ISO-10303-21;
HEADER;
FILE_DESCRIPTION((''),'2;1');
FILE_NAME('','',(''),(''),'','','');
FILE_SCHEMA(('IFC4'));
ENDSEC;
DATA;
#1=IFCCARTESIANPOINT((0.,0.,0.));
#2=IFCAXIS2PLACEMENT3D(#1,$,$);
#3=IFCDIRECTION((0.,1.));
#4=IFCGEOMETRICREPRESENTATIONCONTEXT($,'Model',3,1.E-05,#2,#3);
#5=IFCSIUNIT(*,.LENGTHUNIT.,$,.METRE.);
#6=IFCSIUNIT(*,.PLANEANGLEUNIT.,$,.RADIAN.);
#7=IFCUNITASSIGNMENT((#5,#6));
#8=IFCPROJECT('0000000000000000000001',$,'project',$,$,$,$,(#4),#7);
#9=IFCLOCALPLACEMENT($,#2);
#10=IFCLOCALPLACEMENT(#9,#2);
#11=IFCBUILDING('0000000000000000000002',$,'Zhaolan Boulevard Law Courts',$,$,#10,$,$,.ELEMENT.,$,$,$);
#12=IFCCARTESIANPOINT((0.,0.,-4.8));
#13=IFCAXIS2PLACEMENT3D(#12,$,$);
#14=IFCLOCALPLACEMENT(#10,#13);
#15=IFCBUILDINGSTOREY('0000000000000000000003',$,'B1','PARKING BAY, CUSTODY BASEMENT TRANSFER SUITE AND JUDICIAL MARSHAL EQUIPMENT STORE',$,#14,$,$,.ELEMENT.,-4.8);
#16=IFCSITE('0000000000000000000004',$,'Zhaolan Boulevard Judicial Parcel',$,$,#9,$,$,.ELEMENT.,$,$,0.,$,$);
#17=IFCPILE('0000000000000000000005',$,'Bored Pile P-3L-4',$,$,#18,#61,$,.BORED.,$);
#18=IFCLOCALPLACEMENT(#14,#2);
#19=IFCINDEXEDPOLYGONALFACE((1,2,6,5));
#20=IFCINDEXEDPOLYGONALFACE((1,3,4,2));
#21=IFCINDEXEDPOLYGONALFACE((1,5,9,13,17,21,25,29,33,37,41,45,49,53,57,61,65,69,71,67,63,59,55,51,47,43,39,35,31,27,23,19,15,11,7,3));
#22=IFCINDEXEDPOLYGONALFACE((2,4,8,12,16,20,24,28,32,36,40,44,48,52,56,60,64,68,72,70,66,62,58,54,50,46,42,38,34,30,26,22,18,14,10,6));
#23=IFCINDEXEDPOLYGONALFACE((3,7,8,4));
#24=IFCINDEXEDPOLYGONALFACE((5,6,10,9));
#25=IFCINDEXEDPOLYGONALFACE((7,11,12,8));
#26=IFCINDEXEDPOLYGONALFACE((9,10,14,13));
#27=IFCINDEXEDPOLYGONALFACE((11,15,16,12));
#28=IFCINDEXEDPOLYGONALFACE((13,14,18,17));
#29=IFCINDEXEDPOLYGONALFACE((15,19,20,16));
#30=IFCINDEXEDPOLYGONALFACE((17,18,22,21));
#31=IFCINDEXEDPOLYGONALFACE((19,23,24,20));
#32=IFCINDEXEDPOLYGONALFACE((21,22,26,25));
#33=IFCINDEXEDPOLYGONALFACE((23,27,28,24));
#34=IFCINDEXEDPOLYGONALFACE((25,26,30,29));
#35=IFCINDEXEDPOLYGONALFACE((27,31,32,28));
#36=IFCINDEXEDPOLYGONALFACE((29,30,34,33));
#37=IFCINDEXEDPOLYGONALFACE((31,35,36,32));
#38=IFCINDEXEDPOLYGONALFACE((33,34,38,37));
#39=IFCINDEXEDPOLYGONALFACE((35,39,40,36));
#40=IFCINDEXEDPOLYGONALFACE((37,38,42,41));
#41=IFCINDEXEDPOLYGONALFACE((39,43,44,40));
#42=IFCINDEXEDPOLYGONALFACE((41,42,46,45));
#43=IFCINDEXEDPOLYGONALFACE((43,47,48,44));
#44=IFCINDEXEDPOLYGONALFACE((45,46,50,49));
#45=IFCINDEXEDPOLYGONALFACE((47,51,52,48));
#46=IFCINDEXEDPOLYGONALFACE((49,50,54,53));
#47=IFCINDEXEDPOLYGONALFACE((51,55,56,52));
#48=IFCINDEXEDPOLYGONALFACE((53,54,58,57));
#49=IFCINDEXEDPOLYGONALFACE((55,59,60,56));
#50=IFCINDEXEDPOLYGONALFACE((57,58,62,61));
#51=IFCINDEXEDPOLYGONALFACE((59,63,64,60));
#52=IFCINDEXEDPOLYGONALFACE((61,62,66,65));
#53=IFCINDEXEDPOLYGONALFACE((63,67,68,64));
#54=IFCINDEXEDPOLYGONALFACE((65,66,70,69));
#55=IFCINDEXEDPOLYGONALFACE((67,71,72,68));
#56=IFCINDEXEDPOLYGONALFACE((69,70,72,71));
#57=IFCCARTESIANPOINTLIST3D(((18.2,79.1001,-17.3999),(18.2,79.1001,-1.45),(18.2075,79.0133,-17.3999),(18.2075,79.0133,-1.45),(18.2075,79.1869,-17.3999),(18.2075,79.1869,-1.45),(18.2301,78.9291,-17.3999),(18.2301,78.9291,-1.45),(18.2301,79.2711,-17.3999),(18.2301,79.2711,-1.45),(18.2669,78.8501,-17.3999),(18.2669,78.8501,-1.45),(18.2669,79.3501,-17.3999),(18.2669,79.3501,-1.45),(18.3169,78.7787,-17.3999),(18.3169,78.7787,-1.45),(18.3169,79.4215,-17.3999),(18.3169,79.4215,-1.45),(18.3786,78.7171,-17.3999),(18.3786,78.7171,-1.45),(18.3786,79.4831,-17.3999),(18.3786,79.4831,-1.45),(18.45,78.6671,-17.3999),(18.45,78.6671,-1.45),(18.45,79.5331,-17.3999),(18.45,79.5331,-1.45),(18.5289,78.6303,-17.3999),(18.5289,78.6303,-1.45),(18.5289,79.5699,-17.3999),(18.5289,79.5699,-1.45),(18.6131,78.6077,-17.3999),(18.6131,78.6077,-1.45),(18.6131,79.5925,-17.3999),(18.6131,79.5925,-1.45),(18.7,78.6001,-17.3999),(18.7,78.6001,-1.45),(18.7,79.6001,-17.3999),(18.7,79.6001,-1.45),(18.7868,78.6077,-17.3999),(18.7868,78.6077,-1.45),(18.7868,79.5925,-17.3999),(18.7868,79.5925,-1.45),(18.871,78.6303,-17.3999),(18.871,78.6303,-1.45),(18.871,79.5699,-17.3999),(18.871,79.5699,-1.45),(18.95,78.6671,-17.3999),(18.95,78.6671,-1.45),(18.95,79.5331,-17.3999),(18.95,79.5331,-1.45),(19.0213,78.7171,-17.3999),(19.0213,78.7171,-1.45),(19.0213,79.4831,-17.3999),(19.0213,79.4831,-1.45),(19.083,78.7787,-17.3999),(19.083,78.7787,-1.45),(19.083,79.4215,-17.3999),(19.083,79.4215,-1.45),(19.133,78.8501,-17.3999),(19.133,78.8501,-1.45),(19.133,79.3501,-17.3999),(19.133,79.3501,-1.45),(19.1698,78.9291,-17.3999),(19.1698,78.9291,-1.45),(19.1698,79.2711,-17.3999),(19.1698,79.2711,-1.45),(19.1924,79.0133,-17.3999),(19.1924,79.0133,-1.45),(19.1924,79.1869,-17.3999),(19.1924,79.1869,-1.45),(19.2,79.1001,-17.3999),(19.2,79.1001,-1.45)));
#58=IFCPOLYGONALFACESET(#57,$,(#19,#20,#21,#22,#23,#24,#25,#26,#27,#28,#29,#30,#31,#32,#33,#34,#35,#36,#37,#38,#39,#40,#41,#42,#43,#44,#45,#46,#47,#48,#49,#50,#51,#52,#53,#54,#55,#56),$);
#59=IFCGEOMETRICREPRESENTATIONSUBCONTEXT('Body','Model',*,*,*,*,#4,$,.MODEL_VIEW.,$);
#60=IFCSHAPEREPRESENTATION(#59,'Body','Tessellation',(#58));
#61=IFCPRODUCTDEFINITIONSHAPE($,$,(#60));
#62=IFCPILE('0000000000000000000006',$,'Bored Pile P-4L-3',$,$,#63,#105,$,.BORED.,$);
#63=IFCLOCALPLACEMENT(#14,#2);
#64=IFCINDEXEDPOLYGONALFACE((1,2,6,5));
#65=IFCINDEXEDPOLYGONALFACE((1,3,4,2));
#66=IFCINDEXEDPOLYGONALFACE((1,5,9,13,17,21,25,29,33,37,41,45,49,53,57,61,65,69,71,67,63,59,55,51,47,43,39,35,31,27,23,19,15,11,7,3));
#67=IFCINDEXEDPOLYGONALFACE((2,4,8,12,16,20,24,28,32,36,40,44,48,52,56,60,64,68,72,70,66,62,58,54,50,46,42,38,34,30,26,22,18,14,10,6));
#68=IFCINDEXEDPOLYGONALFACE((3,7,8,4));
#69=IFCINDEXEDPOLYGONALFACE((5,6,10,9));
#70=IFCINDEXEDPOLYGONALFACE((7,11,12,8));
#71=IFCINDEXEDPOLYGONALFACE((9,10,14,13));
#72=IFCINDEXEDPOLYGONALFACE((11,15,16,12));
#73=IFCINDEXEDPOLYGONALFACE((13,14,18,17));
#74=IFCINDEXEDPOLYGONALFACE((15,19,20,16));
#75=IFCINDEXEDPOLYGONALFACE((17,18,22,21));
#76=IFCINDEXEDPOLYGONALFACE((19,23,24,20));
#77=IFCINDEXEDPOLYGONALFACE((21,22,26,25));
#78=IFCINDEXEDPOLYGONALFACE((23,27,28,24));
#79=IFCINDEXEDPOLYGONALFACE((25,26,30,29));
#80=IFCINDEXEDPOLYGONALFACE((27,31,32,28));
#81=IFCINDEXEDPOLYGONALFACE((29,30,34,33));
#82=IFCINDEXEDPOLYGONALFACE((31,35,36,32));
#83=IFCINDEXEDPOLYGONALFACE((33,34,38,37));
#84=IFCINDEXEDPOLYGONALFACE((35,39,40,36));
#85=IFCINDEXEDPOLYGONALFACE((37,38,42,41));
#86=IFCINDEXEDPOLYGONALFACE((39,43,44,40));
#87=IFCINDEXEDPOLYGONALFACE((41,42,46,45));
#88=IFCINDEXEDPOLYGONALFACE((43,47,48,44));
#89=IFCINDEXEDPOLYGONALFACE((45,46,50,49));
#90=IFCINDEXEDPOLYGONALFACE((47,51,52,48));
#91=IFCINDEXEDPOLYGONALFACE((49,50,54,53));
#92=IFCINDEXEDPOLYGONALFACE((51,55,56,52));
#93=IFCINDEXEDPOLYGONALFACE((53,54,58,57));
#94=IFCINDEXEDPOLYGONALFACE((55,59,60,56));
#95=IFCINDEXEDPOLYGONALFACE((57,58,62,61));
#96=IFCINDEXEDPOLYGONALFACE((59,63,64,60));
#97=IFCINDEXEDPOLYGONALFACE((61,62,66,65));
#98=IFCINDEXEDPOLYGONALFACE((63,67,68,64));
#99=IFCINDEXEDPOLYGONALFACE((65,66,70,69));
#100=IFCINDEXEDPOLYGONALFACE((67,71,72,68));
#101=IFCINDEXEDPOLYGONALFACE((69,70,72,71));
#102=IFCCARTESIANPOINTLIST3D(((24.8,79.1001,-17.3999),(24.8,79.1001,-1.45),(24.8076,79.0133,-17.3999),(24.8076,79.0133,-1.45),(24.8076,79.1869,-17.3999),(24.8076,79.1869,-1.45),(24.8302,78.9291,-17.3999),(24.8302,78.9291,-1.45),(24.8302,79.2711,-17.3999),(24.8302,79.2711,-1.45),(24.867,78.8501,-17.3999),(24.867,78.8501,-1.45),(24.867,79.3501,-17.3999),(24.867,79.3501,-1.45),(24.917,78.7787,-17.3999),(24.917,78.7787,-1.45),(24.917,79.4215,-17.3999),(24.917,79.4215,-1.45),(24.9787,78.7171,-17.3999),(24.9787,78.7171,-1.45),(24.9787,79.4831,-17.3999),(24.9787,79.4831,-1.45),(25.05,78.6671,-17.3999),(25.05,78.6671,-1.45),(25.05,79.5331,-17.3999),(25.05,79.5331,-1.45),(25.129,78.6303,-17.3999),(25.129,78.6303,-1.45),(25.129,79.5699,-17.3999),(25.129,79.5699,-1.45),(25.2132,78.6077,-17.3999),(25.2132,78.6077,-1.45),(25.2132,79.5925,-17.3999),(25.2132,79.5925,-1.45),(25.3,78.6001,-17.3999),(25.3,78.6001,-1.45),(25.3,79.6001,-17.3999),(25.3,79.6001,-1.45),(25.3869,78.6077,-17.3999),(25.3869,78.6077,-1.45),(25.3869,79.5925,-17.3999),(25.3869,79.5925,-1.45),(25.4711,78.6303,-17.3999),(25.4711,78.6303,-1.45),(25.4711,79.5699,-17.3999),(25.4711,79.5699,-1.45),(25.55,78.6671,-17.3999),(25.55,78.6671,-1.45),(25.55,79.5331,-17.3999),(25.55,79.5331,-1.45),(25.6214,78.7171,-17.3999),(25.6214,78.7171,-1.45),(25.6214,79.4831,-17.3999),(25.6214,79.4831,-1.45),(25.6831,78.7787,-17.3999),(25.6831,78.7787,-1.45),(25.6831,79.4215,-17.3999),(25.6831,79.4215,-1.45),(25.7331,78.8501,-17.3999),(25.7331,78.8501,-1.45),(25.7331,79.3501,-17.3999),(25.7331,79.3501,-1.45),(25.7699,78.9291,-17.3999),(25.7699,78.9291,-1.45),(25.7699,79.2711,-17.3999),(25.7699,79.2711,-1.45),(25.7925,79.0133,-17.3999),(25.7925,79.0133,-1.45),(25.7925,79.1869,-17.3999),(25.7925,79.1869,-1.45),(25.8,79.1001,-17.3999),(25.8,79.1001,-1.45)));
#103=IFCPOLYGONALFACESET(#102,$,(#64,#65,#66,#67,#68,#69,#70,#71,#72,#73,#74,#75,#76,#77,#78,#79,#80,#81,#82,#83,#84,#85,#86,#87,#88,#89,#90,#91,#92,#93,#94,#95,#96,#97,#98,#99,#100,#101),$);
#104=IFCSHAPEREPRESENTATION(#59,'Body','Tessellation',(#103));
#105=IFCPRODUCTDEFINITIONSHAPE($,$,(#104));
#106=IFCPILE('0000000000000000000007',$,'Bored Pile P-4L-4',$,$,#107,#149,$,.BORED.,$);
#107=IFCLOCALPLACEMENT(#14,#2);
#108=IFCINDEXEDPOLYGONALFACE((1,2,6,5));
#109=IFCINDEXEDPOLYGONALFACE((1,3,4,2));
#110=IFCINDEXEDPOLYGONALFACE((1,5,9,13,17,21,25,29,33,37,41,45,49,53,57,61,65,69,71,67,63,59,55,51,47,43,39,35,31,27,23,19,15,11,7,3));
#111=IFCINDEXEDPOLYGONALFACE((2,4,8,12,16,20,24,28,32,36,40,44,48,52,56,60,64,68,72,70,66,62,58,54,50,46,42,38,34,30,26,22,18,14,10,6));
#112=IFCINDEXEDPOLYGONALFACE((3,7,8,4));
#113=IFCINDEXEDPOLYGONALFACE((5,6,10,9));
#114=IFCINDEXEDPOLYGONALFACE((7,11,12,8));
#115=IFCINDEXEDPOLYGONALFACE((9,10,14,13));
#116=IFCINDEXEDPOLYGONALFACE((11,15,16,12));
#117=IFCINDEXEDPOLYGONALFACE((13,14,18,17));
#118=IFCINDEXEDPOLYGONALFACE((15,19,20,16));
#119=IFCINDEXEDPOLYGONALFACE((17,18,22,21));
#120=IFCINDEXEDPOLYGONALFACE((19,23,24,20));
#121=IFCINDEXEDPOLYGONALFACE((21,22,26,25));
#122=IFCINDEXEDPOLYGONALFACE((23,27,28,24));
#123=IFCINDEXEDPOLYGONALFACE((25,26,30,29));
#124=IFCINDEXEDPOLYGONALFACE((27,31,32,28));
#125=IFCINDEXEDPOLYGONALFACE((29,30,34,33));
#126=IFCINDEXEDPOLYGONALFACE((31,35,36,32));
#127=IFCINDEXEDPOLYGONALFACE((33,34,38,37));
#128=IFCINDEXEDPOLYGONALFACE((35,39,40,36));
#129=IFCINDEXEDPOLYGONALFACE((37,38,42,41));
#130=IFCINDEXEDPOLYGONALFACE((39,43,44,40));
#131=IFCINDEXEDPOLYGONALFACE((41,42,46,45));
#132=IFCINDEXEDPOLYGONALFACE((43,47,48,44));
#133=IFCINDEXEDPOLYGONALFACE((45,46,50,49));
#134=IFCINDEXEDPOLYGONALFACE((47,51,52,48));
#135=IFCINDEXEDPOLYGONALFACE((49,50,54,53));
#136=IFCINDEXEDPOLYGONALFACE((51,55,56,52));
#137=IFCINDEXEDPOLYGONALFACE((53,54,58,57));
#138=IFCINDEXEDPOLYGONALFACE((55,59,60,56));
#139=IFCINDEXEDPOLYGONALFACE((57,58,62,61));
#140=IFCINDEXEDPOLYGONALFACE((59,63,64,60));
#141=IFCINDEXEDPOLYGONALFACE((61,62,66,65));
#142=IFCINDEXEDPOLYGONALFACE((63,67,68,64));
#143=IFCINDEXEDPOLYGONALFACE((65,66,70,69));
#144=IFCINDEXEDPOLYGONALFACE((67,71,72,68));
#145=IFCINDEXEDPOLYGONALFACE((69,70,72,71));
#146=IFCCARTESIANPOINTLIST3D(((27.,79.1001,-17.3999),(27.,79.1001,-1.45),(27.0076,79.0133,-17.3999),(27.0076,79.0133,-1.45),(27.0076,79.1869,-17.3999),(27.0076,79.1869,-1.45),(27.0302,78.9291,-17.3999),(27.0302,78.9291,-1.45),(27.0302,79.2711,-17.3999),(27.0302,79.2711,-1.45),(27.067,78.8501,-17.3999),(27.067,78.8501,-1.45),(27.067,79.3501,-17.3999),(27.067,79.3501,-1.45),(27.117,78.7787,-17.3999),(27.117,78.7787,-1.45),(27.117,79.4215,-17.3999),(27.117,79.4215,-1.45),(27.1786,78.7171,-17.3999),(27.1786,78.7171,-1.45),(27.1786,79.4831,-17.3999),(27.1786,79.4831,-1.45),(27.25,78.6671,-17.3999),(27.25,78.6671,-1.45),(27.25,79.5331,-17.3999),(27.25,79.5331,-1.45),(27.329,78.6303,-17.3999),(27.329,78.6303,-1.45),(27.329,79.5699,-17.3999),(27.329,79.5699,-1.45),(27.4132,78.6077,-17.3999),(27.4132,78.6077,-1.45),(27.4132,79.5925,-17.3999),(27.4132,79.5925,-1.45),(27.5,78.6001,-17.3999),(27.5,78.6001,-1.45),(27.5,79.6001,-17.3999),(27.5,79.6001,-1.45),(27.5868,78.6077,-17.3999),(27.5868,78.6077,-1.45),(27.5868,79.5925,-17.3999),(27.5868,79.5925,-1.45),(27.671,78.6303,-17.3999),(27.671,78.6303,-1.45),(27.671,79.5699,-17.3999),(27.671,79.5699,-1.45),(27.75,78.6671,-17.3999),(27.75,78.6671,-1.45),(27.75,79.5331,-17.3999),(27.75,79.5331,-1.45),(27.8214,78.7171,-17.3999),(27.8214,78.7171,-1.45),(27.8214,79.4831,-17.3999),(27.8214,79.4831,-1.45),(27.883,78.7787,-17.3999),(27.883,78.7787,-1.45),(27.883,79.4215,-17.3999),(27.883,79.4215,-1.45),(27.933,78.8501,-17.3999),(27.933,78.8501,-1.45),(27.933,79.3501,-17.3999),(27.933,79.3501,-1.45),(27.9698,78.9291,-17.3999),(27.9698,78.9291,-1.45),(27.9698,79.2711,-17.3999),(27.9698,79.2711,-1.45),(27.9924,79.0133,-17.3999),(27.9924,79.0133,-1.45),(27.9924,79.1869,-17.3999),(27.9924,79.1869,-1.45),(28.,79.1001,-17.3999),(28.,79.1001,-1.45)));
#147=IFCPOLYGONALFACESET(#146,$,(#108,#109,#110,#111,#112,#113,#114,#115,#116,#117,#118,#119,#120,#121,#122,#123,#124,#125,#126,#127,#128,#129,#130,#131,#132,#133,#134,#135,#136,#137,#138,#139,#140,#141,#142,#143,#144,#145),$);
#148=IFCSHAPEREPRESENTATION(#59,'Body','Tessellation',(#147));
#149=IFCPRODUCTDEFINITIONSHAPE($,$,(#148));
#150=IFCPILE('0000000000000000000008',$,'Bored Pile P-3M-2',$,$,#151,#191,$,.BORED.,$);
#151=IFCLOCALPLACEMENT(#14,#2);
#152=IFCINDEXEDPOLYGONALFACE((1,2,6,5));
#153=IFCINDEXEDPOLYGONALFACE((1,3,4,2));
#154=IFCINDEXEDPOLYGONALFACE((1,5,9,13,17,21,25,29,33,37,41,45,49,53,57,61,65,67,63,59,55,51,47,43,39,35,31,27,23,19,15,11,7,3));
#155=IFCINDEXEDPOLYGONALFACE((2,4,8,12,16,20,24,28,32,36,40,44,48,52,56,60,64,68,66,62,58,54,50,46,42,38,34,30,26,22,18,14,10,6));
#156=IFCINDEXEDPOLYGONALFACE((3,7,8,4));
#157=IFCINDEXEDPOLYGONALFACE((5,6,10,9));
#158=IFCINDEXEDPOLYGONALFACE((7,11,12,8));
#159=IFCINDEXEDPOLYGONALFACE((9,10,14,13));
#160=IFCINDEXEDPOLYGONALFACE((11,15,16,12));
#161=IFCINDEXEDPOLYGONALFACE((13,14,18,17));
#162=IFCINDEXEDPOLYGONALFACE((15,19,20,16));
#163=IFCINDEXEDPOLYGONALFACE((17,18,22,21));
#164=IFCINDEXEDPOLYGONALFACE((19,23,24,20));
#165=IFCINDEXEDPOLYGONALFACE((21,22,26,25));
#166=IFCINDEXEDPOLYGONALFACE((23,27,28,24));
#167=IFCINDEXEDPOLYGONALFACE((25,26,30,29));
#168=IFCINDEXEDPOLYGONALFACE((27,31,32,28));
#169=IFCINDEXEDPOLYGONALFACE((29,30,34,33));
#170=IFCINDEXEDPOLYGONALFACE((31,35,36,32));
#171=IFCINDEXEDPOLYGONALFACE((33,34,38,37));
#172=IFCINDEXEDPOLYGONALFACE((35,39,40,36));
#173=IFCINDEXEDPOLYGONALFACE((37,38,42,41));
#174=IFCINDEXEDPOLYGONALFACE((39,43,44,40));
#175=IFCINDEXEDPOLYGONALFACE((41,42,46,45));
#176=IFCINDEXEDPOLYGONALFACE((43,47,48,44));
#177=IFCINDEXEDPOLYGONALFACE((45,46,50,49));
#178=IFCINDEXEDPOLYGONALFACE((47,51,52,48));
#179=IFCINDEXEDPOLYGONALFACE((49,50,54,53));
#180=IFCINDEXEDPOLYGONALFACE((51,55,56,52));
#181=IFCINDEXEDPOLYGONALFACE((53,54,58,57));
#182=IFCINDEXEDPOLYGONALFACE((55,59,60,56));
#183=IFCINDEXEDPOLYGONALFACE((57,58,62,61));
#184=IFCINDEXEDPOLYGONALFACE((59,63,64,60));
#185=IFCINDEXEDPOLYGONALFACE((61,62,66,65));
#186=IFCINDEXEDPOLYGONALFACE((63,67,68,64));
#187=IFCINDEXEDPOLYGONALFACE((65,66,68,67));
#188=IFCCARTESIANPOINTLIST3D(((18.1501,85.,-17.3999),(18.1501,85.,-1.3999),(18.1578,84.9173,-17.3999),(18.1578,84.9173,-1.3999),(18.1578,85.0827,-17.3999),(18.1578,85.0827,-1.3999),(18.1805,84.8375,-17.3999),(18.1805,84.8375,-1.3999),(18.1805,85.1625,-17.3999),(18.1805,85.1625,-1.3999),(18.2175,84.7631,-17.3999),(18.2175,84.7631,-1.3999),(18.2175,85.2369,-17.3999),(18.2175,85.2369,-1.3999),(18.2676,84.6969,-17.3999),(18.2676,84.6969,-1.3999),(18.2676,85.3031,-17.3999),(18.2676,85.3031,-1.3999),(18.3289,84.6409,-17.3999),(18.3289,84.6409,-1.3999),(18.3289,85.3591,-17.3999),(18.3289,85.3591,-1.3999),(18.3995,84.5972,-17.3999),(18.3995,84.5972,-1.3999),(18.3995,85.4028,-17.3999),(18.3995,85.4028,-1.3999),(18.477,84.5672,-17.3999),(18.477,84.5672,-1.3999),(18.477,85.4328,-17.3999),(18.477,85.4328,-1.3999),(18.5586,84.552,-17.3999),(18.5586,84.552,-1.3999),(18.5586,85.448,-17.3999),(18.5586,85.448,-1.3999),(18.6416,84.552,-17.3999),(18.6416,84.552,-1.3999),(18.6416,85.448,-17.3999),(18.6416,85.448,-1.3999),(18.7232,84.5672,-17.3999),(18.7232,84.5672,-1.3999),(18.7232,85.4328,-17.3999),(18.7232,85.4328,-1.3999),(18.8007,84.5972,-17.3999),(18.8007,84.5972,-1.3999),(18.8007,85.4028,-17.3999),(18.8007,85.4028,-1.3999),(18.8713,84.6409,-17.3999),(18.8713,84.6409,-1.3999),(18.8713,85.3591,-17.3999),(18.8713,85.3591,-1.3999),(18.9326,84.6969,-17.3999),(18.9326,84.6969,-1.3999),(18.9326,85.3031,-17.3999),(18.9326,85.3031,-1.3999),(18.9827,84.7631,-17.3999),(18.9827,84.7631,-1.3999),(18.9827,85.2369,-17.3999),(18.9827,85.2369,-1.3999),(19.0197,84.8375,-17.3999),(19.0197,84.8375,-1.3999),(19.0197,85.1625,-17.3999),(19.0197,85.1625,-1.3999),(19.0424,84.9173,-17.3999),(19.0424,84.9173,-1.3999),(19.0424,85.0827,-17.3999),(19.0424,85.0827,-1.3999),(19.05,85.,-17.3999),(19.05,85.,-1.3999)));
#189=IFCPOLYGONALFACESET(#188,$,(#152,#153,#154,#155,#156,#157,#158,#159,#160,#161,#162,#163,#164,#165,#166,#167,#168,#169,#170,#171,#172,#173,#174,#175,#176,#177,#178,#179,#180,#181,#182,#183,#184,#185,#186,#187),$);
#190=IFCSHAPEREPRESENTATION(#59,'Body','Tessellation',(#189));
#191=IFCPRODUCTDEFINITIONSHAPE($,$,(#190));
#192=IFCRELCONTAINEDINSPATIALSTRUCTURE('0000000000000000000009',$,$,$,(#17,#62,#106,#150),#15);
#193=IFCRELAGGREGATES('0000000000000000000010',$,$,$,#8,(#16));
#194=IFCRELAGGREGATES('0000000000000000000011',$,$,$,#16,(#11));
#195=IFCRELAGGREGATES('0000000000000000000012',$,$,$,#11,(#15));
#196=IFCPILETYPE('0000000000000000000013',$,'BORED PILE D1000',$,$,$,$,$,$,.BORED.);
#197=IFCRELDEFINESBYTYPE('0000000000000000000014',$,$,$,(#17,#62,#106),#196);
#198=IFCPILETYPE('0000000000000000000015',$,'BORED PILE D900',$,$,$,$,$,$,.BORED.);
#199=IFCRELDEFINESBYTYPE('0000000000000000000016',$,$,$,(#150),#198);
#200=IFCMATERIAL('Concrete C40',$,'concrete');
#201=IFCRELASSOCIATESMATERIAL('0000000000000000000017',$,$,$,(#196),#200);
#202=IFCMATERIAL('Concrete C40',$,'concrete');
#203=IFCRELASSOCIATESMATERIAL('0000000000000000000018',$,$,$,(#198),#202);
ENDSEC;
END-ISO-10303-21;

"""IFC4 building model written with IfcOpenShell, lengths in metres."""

from ifc_helpers import new_model, si_unit, direction, frame, origin, origin_2d, place, context, subcontext, project, spatial, circle, extrude, material, material_profile, profile_set, type_object, element, save


model = new_model("IFC4")

# Units and contexts
model_context = context("Model", 3, precision=1e-05, world=origin(), true_north=direction((0.0, 1.0)))
body_context = subcontext(model_context, "Body", "Model", "MODEL_VIEW")
ifc_project = project(units=[si_unit("LENGTHUNIT", "METRE"), si_unit("PLANEANGLEUNIT", "RADIAN")], contexts=[model_context])

# Site, building, storey
site_placement = place(None, origin())
site = spatial("IfcSite", under=ifc_project, at=site_placement, Name="Zhaolan Boulevard Judicial Parcel", CompositionType="ELEMENT", RefElevation=0.0)
building_placement = place(site_placement, origin())
building = spatial("IfcBuilding", under=site, at=building_placement, Name="Zhaolan Boulevard Law Courts", CompositionType="ELEMENT")
storey_placement = place(building_placement, frame((0.0, 0.0, -4.8)))
storey = spatial("IfcBuildingStorey", under=building, at=storey_placement, Name="B1", Description="PARKING BAY, CUSTODY BASEMENT TRANSFER SUITE AND JUDICIAL MARSHAL EQUIPMENT STORE", CompositionType="ELEMENT", Elevation=-4.8)

# Piles
ifc_material_1 = material(Name="Concrete C40", Category="concrete")
ifc_material_profile_1 = material_profile(ifc_material_1, circle(Radius=0.5, at=origin_2d()), Name="PILE-D1000")
ifc_profile_set_1 = profile_set([ifc_material_profile_1], Name="Concrete C40")
pile_type_1 = type_object("IfcPileType", Name="BORED PILE D1000", PredefinedType="BORED", material=ifc_profile_set_1)
for number, where, z_axis, x_axis, name in (
    (1, (18.7, 79.1001, -1.45), (0.0, 0.0, -1.0), (1.0, 0.0, 0.0), "Bored Pile P-3L-4"),
    (2, (25.3, 79.1001, -1.45), (0.0, 0.0, -1.0), (1.0, 0.0, 0.0), "Bored Pile P-4L-3"),
    (3, (27.5, 79.1001, -1.45), (0.0, 0.0, -1.0), (1.0, 0.0, 0.0), "Bored Pile P-4L-4"),
):
    element("IfcPile", number, at=place(storey_placement, frame(where, z_axis=z_axis, x_axis=x_axis)), inside=storey, type_object=pile_type_1, Name=name, PredefinedType="BORED", context=body_context, shape_type="SweptSolid", body=[
        extrude(circle(Radius=0.5, at=origin_2d()), origin(), (0.0, 0.0, 1.0), 15.95),
    ])
ifc_material_2 = material(Name="Concrete C40", Category="concrete")
ifc_material_profile_2 = material_profile(ifc_material_2, circle(Radius=0.45, at=origin_2d()), Name="PILE-D900")
ifc_profile_set_2 = profile_set([ifc_material_profile_2], Name="Concrete C40")
pile_type_2 = type_object("IfcPileType", Name="BORED PILE D900", PredefinedType="BORED", material=ifc_profile_set_2)
for number, where, z_axis, x_axis, name in (
    (4, (18.6001, 85.0, -1.3999), (0.0, 0.0, -1.0), (1.0, 0.0, 0.0), "Bored Pile P-3M-2"),
):
    element("IfcPile", number, at=place(storey_placement, frame(where, z_axis=z_axis, x_axis=x_axis)), inside=storey, type_object=pile_type_2, Name=name, PredefinedType="BORED", context=body_context, shape_type="SweptSolid", body=[
        extrude(circle(Radius=0.45, at=origin_2d()), origin(), (0.0, 0.0, 1.0), 16.0),
    ])

save(model, "model.ifc")
